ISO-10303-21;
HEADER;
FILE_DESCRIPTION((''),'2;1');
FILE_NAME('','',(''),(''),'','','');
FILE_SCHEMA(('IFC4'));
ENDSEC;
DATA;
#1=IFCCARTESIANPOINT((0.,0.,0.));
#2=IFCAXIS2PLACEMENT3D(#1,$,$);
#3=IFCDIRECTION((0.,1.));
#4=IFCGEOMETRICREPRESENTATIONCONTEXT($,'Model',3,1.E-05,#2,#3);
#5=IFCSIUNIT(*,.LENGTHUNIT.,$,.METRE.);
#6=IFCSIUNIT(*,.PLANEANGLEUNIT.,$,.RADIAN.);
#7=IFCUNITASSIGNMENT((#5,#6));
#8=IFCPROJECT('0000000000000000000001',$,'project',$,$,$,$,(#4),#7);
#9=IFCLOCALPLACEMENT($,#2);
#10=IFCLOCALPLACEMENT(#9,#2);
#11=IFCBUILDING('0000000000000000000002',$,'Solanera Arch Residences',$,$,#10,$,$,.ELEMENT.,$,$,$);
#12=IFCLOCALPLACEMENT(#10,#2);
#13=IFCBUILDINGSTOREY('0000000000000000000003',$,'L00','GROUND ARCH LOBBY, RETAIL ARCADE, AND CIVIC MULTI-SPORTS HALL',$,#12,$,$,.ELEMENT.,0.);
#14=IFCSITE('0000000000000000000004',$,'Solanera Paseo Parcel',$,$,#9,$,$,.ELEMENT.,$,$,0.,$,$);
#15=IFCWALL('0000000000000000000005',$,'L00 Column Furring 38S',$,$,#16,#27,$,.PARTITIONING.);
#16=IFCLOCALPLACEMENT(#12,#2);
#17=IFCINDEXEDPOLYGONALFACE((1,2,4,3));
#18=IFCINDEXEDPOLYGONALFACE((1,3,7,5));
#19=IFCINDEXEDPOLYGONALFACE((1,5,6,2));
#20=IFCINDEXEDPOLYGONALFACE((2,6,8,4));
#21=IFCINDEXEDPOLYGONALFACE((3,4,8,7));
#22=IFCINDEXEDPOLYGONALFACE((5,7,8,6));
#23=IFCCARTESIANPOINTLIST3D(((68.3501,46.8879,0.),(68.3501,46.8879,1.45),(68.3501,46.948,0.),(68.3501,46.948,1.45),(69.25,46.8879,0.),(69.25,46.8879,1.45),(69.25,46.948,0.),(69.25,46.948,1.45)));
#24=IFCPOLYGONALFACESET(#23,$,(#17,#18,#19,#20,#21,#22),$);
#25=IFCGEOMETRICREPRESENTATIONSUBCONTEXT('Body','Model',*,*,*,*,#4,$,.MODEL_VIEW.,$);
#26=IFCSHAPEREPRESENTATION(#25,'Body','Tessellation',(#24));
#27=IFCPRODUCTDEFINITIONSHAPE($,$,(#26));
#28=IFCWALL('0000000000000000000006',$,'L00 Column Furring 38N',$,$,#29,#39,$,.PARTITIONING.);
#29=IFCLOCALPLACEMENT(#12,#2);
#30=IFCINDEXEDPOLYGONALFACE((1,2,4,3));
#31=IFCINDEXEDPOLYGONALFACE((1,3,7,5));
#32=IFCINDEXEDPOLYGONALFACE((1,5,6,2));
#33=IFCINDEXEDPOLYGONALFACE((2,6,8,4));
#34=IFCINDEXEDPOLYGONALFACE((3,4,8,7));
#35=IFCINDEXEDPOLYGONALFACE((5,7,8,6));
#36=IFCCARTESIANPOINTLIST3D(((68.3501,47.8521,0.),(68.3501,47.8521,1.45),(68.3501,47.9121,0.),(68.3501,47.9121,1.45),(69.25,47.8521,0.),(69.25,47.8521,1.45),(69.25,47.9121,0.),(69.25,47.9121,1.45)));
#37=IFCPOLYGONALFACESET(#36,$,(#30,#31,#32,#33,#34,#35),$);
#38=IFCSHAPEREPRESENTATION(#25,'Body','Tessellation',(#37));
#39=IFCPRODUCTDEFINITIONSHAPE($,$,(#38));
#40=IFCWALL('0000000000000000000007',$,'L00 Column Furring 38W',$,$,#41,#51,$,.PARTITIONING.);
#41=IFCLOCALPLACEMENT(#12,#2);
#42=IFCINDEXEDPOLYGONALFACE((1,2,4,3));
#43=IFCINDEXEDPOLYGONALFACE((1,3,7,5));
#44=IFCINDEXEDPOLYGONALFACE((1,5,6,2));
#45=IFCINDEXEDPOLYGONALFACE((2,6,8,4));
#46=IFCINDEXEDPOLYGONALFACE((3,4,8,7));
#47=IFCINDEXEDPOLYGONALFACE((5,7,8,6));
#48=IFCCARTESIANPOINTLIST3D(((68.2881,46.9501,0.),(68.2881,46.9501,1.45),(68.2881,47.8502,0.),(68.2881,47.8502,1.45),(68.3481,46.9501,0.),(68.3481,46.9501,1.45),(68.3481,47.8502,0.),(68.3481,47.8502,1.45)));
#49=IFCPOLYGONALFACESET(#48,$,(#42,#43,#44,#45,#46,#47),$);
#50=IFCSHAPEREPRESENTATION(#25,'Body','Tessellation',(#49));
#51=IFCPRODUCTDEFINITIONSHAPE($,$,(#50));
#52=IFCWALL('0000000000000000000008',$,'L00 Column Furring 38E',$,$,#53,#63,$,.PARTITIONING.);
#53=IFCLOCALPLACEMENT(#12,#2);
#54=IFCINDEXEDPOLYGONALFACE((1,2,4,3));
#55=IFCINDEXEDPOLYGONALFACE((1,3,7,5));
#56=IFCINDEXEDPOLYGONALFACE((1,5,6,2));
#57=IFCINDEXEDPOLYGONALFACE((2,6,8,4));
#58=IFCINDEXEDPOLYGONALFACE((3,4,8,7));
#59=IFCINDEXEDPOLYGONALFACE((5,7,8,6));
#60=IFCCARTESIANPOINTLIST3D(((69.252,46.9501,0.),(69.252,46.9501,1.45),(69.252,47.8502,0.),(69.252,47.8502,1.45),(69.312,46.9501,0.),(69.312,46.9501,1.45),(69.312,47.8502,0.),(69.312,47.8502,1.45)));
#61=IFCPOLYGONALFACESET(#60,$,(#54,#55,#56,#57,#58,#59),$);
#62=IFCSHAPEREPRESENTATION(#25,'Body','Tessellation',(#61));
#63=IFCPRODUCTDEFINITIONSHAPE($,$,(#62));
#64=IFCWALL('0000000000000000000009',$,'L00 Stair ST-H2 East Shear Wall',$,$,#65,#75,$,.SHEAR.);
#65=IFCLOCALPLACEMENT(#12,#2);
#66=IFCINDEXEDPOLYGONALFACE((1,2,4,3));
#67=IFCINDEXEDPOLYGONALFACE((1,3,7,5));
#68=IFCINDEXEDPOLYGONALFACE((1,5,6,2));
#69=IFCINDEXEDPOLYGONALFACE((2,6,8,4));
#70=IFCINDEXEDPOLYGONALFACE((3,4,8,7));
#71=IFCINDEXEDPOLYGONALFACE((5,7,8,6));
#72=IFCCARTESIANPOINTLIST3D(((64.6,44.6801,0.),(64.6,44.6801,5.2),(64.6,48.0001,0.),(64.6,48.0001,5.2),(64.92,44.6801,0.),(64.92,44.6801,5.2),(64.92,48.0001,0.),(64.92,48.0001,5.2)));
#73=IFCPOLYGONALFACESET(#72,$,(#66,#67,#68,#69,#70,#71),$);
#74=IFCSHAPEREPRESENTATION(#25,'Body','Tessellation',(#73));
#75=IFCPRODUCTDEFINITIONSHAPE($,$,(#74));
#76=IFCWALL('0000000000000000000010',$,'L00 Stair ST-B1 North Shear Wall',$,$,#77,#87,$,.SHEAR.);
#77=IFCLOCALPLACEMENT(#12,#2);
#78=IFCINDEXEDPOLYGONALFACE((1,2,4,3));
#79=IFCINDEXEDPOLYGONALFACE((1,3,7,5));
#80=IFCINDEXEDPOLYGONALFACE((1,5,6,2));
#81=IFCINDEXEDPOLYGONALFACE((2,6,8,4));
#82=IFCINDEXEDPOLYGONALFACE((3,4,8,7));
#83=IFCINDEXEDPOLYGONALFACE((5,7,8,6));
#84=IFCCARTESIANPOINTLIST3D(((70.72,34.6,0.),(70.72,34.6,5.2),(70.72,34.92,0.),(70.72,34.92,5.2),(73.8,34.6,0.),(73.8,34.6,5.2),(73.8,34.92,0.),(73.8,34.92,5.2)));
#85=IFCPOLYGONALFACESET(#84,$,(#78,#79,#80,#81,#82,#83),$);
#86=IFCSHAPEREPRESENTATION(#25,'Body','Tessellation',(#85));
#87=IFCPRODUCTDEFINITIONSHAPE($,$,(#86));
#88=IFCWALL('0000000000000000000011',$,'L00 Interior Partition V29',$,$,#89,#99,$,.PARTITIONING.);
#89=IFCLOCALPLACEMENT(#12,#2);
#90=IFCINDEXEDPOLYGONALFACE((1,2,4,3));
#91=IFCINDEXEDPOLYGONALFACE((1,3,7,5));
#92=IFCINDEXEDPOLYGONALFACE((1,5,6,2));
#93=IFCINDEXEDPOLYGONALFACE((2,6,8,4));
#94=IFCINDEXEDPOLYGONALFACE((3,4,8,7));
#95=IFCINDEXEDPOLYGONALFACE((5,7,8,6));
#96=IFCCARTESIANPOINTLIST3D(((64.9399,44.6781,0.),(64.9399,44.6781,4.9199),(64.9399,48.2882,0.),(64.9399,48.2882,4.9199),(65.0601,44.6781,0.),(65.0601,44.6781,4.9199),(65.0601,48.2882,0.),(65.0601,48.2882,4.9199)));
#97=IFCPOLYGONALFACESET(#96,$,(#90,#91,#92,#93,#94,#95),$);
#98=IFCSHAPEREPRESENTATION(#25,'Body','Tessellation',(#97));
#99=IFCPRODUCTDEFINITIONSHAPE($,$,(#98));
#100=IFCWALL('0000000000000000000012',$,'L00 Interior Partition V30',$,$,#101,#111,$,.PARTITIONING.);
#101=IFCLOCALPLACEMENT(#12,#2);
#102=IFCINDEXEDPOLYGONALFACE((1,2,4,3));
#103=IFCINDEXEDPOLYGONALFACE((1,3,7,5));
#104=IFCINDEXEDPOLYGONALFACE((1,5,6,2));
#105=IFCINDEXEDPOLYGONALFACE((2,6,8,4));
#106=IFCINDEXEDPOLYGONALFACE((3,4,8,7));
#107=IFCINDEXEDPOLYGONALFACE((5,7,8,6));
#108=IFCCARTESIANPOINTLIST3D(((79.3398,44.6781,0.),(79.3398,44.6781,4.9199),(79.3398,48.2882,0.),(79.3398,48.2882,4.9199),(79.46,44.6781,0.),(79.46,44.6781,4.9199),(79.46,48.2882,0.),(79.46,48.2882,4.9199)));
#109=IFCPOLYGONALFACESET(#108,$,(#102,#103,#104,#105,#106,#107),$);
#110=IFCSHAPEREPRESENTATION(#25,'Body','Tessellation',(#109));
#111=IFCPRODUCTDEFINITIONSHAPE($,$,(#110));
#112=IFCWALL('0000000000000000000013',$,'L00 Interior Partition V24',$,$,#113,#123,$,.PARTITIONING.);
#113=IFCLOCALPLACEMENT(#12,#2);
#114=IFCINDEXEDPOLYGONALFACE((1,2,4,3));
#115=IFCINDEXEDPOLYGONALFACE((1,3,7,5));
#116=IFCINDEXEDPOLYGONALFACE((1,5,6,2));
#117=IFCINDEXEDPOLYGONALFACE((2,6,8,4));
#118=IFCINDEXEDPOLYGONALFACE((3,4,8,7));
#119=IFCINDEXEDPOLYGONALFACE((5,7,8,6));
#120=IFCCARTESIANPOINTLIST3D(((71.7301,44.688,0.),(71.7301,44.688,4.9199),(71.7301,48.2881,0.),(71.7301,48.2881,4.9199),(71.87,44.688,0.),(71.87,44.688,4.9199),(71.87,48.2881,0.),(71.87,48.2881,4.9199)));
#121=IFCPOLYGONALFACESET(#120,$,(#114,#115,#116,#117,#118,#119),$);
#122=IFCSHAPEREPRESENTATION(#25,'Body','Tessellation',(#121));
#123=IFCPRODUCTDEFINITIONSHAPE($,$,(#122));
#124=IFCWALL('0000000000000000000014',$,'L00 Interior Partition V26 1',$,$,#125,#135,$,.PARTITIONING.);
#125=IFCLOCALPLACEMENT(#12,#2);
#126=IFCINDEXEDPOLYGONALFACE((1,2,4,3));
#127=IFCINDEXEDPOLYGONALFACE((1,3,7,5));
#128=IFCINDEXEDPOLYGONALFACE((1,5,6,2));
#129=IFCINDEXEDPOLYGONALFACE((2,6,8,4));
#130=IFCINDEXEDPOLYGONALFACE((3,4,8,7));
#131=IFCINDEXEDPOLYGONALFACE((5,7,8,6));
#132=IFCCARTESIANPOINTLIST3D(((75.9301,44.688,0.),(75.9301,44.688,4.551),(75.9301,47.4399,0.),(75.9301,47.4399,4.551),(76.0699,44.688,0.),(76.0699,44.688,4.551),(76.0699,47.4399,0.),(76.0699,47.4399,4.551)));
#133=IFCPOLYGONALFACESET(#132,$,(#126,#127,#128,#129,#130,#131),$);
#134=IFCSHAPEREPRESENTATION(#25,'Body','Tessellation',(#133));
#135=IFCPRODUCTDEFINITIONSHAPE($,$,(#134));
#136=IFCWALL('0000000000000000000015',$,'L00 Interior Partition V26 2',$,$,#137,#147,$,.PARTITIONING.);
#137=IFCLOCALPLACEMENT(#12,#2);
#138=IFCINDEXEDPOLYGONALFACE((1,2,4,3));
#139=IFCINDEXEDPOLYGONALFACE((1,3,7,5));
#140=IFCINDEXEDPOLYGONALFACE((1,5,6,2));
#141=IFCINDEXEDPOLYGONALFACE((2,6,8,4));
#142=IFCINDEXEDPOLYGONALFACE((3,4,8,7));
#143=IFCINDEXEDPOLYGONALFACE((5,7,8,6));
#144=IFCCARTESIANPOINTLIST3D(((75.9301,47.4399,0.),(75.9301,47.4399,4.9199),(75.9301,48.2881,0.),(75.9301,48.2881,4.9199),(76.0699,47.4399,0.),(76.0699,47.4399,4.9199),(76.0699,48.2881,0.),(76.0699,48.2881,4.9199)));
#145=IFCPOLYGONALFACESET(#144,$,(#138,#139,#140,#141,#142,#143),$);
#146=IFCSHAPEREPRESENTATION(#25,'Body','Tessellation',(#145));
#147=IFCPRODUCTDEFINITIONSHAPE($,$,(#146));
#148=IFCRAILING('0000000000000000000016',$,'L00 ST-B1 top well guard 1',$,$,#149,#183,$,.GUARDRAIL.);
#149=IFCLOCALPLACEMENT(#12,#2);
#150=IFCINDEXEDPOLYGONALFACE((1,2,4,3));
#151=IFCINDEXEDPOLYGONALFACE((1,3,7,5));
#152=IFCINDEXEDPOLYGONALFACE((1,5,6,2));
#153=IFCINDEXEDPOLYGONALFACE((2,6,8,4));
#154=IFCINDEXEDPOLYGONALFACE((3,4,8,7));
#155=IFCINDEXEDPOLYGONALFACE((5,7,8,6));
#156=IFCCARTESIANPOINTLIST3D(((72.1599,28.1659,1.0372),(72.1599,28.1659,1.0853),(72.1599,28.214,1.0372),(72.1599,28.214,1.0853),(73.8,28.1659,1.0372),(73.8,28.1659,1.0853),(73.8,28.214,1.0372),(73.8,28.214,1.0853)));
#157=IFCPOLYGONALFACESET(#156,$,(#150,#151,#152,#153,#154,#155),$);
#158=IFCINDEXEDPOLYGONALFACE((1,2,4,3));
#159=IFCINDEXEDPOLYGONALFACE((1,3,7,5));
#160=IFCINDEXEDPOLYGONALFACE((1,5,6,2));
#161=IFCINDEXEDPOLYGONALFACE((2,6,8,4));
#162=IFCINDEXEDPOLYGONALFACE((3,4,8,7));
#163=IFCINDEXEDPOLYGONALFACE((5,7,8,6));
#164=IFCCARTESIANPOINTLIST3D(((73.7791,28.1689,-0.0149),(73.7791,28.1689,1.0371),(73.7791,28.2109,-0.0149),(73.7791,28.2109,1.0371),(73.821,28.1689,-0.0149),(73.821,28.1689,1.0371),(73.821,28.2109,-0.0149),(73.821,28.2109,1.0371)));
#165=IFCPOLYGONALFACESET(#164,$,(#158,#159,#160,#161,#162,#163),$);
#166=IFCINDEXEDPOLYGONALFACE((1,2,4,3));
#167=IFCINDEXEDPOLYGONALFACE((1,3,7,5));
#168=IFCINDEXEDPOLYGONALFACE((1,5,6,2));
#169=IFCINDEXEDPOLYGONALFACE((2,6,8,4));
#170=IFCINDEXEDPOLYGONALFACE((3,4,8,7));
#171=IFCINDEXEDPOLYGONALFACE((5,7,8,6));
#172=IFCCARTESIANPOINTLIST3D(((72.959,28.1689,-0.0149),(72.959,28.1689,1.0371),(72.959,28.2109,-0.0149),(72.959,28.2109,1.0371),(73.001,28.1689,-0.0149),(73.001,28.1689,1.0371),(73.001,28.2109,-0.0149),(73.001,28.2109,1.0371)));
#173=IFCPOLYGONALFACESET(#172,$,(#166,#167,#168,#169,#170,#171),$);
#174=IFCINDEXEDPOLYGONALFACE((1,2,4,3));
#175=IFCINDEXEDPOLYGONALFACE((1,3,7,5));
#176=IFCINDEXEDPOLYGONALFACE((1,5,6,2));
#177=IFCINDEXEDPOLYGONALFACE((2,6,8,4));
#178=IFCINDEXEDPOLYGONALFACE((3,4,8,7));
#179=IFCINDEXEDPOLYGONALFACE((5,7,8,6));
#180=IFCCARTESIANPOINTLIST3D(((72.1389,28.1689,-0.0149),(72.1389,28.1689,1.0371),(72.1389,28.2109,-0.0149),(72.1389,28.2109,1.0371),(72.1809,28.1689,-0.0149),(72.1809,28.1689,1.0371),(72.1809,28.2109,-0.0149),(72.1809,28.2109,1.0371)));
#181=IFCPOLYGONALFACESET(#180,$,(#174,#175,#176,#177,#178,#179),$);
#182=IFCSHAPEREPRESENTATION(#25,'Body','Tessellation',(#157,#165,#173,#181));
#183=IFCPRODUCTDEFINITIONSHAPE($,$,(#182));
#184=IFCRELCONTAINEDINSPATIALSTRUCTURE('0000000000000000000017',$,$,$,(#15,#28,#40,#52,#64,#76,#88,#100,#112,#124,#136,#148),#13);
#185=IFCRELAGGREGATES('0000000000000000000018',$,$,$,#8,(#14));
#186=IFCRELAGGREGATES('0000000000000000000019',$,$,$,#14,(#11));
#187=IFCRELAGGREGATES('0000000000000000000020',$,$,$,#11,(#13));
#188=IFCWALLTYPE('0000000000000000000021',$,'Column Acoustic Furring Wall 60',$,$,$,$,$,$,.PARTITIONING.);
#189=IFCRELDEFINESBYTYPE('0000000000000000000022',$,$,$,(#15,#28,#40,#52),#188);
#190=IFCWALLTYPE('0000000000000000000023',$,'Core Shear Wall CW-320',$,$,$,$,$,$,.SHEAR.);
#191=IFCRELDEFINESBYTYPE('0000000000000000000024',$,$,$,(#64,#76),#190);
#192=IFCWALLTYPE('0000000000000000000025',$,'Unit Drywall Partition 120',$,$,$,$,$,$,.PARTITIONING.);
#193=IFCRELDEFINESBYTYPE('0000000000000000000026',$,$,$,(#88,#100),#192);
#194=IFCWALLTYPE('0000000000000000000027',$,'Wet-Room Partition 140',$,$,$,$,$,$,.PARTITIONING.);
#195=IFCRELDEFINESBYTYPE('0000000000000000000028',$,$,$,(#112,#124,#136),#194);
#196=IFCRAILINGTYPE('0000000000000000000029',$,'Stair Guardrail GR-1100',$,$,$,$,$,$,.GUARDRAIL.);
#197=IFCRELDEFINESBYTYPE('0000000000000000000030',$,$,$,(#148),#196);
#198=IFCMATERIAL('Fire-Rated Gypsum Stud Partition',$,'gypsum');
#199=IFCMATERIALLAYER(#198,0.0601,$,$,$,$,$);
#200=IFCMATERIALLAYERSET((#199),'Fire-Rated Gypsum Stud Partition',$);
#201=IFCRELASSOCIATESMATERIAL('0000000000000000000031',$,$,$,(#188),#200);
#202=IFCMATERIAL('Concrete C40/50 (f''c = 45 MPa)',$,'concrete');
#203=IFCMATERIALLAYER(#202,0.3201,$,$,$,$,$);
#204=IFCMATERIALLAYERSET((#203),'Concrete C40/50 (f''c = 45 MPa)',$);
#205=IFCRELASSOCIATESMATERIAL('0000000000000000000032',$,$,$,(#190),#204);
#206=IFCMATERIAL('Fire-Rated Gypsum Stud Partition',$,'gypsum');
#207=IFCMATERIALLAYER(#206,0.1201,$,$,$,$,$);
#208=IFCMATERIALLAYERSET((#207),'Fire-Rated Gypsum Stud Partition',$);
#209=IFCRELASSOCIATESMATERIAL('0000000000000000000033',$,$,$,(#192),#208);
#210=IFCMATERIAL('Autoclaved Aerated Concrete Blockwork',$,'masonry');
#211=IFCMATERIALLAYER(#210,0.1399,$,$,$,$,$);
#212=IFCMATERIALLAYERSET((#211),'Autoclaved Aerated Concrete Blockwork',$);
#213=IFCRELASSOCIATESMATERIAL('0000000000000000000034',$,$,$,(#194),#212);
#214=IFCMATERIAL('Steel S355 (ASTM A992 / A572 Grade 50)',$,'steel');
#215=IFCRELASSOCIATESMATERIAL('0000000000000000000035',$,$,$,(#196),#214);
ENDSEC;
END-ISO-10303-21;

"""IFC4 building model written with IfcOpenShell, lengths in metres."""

from ifc_helpers import new_model, si_unit, direction, frame, frame_2d, origin, origin_2d, place, context, subcontext, project, spatial, rectangle, extrude, material, layer, layer_set, type_object, element, save


model = new_model("IFC4")

# Units and contexts
model_context = context("Model", 3, precision=1e-05, world=origin(), true_north=direction((0.0, 1.0)))
body_context = subcontext(model_context, "Body", "Model", "MODEL_VIEW")
ifc_project = project(units=[si_unit("LENGTHUNIT", "METRE"), si_unit("PLANEANGLEUNIT", "RADIAN")], contexts=[model_context])

# Site, building, storey
site_placement = place(None, origin())
site = spatial("IfcSite", under=ifc_project, at=site_placement, Name="Solanera Paseo Parcel", CompositionType="ELEMENT", RefElevation=0.0)
building_placement = place(site_placement, origin())
building = spatial("IfcBuilding", under=site, at=building_placement, Name="Solanera Arch Residences", CompositionType="ELEMENT")
storey_placement = place(building_placement, origin())
storey = spatial("IfcBuildingStorey", under=building, at=storey_placement, Name="L00", Description="GROUND ARCH LOBBY, RETAIL ARCADE, AND CIVIC MULTI-SPORTS HALL", CompositionType="ELEMENT", Elevation=0.0)

# Walls
ifc_material_1 = material(Name="Fire-Rated Gypsum Stud Partition", Category="gypsum")
ifc_layer_1 = layer(ifc_material_1, 0.0601)
ifc_layer_set_1 = layer_set([ifc_layer_1], Name="Fire-Rated Gypsum Stud Partition")
wall_type_1 = type_object("IfcWallType", Name="Column Acoustic Furring Wall 60", PredefinedType="PARTITIONING", material=ifc_layer_set_1)
for number, where, z_axis, x_axis, name in (
    (1, (68.3501, 46.918, 0.0), (0.0, 0.0, 1.0), (1.0, 0.0, 0.0), "L00 Column Furring 38S"),
    (2, (68.3501, 47.8821, 0.0), (0.0, 0.0, 1.0), (1.0, 0.0, 0.0), "L00 Column Furring 38N"),
):
    element("IfcWall", number, at=place(storey_placement, frame(where, z_axis=z_axis, x_axis=x_axis)), inside=storey, type_object=wall_type_1, Name=name, PredefinedType="PARTITIONING", context=body_context, shape_type="SweptSolid", body=[
        extrude(rectangle(XDim=0.8999, YDim=0.0601, at=frame_2d((0.45, 0.0))), origin(), (0.0, 0.0, 1.0), 1.45),
    ])
for number, where, z_axis, x_axis, name in (
    (3, (68.3181, 46.95, 0.0), (0.0, 0.0, 1.0), (0.0, 1.0, 0.0), "L00 Column Furring 38W"),
    (4, (69.282, 46.95, 0.0), (0.0, 0.0, 1.0), (0.0, 1.0, 0.0), "L00 Column Furring 38E"),
):
    element("IfcWall", number, at=place(storey_placement, frame(where, z_axis=z_axis, x_axis=x_axis)), inside=storey, type_object=wall_type_1, Name=name, PredefinedType="PARTITIONING", context=body_context, shape_type="SweptSolid", body=[
        extrude(rectangle(XDim=0.9001, YDim=0.0601, at=frame_2d((0.4502, 0.0))), origin(), (0.0, 0.0, 1.0), 1.45),
    ])
ifc_material_2 = material(Name="Concrete C40/50 (f'c = 45 MPa)", Category="concrete")
ifc_layer_2 = layer(ifc_material_2, 0.3201)
ifc_layer_set_2 = layer_set([ifc_layer_2], Name="Concrete C40/50 (f'c = 45 MPa)")
wall_type_2 = type_object("IfcWallType", Name="Core Shear Wall CW-320", PredefinedType="SHEAR", material=ifc_layer_set_2)
wall_1_placement = place(storey_placement, frame((64.76, 44.6799, 0.0), z_axis=(0.0, 0.0, 1.0), x_axis=(0.0, 1.0, 0.0)))
element("IfcWall", 5, at=wall_1_placement, inside=storey, type_object=wall_type_2, Name="L00 Stair ST-H2 East Shear Wall", PredefinedType="SHEAR", context=body_context, shape_type="SweptSolid", body=[
    extrude(rectangle(XDim=3.3201, YDim=0.3201, at=frame_2d((1.6602, 0.0))), origin(), (0.0, 0.0, 1.0), 5.2),
])
wall_2_placement = place(storey_placement, frame((70.72, 34.76, 0.0), z_axis=(0.0, 0.0, 1.0), x_axis=(1.0, 0.0, 0.0)))
element("IfcWall", 6, at=wall_2_placement, inside=storey, type_object=wall_type_2, Name="L00 Stair ST-B1 North Shear Wall", PredefinedType="SHEAR", context=body_context, shape_type="SweptSolid", body=[
    extrude(rectangle(XDim=3.0801, YDim=0.3201, at=frame_2d((1.54, 0.0))), origin(), (0.0, 0.0, 1.0), 5.2),
])

# Walls
ifc_material_3 = material(Name="Fire-Rated Gypsum Stud Partition", Category="gypsum")
ifc_layer_3 = layer(ifc_material_3, 0.1201)
ifc_layer_set_3 = layer_set([ifc_layer_3], Name="Fire-Rated Gypsum Stud Partition")
wall_type_3 = type_object("IfcWallType", Name="Unit Drywall Partition 120", PredefinedType="PARTITIONING", material=ifc_layer_set_3)
for number, where, z_axis, x_axis, name in (
    (7, (65.0, 44.678, 0.0), (0.0, 0.0, 1.0), (0.0, 1.0, 0.0), "L00 Interior Partition V29"),
    (8, (79.3999, 44.678, 0.0), (0.0, 0.0, 1.0), (0.0, 1.0, 0.0), "L00 Interior Partition V30"),
):
    element("IfcWall", number, at=place(storey_placement, frame(where, z_axis=z_axis, x_axis=x_axis)), inside=storey, type_object=wall_type_3, Name=name, PredefinedType="PARTITIONING", context=body_context, shape_type="SweptSolid", body=[
        extrude(rectangle(XDim=3.6101, YDim=0.1201, at=frame_2d((1.8052, 0.0))), origin(), (0.0, 0.0, 1.0), 4.9199),
    ])
ifc_material_4 = material(Name="Autoclaved Aerated Concrete Blockwork", Category="masonry")
ifc_layer_4 = layer(ifc_material_4, 0.1399)
ifc_layer_set_4 = layer_set([ifc_layer_4], Name="Autoclaved Aerated Concrete Blockwork")
wall_type_4 = type_object("IfcWallType", Name="Wet-Room Partition 140", PredefinedType="PARTITIONING", material=ifc_layer_set_4)
wall_3_placement = place(storey_placement, frame((71.8, 44.688, 0.0), z_axis=(0.0, 0.0, 1.0), x_axis=(0.0, 1.0, 0.0)))
element("IfcWall", 9, at=wall_3_placement, inside=storey, type_object=wall_type_4, Name="L00 Interior Partition V24", PredefinedType="PARTITIONING", context=body_context, shape_type="SweptSolid", body=[
    extrude(rectangle(XDim=3.6001, YDim=0.1399, at=frame_2d((1.8, 0.0))), origin(), (0.0, 0.0, 1.0), 4.9199),
])
wall_4_placement = place(storey_placement, frame((76.0, 44.688, 0.0), z_axis=(0.0, 0.0, 1.0), x_axis=(0.0, 1.0, 0.0)))
element("IfcWall", 10, at=wall_4_placement, inside=storey, type_object=wall_type_4, Name="L00 Interior Partition V26 1", PredefinedType="PARTITIONING", context=body_context, shape_type="SweptSolid", body=[
    extrude(rectangle(XDim=2.752, YDim=0.1399, at=frame_2d((1.376, 0.0))), origin(), (0.0, 0.0, 1.0), 4.551),
])
wall_5_placement = place(storey_placement, frame((76.0, 47.4399, 0.0), z_axis=(0.0, 0.0, 1.0), x_axis=(0.0, 1.0, 0.0)))
element("IfcWall", 11, at=wall_5_placement, inside=storey, type_object=wall_type_4, Name="L00 Interior Partition V26 2", PredefinedType="PARTITIONING", context=body_context, shape_type="SweptSolid", body=[
    extrude(rectangle(XDim=0.8481, YDim=0.1399, at=frame_2d((0.4241, 0.0))), origin(), (0.0, 0.0, 1.0), 4.9199),
])

# Railing
ifc_material_5 = material(Name="Steel S355 (ASTM A992 / A572 Grade 50)", Category="steel")
railing_type = type_object("IfcRailingType", Name="Stair Guardrail GR-1100", PredefinedType="GUARDRAIL", material=ifc_material_5)
railing_placement = place(storey_placement, frame((73.8, 28.1899, -0.0149)))
element("IfcRailing", 12, at=railing_placement, inside=storey, type_object=railing_type, Name="L00 ST-B1 top well guard 1", PredefinedType="GUARDRAIL", context=body_context, shape_type="SweptSolid", body=[
    extrude(rectangle(XDim=0.0481, YDim=0.0481, at=origin_2d()), frame((0.0, 0.0, 1.0762), z_axis=(-1.0, 0.0, 0.0), x_axis=(0.0, -1.0, 0.0)), (0.0, 0.0, 1.0), 1.6401),
    extrude(rectangle(XDim=0.042, YDim=0.042, at=origin_2d()), origin(), (0.0, 0.0, 1.0), 1.052),
    extrude(rectangle(XDim=0.042, YDim=0.042, at=origin_2d()), frame((-0.8201, 0.0, 0.0)), (0.0, 0.0, 1.0), 1.052),
    extrude(rectangle(XDim=0.042, YDim=0.042, at=origin_2d()), frame((-1.6401, 0.0, 0.0)), (0.0, 0.0, 1.0), 1.052),
])

save(model, "model.ifc")
